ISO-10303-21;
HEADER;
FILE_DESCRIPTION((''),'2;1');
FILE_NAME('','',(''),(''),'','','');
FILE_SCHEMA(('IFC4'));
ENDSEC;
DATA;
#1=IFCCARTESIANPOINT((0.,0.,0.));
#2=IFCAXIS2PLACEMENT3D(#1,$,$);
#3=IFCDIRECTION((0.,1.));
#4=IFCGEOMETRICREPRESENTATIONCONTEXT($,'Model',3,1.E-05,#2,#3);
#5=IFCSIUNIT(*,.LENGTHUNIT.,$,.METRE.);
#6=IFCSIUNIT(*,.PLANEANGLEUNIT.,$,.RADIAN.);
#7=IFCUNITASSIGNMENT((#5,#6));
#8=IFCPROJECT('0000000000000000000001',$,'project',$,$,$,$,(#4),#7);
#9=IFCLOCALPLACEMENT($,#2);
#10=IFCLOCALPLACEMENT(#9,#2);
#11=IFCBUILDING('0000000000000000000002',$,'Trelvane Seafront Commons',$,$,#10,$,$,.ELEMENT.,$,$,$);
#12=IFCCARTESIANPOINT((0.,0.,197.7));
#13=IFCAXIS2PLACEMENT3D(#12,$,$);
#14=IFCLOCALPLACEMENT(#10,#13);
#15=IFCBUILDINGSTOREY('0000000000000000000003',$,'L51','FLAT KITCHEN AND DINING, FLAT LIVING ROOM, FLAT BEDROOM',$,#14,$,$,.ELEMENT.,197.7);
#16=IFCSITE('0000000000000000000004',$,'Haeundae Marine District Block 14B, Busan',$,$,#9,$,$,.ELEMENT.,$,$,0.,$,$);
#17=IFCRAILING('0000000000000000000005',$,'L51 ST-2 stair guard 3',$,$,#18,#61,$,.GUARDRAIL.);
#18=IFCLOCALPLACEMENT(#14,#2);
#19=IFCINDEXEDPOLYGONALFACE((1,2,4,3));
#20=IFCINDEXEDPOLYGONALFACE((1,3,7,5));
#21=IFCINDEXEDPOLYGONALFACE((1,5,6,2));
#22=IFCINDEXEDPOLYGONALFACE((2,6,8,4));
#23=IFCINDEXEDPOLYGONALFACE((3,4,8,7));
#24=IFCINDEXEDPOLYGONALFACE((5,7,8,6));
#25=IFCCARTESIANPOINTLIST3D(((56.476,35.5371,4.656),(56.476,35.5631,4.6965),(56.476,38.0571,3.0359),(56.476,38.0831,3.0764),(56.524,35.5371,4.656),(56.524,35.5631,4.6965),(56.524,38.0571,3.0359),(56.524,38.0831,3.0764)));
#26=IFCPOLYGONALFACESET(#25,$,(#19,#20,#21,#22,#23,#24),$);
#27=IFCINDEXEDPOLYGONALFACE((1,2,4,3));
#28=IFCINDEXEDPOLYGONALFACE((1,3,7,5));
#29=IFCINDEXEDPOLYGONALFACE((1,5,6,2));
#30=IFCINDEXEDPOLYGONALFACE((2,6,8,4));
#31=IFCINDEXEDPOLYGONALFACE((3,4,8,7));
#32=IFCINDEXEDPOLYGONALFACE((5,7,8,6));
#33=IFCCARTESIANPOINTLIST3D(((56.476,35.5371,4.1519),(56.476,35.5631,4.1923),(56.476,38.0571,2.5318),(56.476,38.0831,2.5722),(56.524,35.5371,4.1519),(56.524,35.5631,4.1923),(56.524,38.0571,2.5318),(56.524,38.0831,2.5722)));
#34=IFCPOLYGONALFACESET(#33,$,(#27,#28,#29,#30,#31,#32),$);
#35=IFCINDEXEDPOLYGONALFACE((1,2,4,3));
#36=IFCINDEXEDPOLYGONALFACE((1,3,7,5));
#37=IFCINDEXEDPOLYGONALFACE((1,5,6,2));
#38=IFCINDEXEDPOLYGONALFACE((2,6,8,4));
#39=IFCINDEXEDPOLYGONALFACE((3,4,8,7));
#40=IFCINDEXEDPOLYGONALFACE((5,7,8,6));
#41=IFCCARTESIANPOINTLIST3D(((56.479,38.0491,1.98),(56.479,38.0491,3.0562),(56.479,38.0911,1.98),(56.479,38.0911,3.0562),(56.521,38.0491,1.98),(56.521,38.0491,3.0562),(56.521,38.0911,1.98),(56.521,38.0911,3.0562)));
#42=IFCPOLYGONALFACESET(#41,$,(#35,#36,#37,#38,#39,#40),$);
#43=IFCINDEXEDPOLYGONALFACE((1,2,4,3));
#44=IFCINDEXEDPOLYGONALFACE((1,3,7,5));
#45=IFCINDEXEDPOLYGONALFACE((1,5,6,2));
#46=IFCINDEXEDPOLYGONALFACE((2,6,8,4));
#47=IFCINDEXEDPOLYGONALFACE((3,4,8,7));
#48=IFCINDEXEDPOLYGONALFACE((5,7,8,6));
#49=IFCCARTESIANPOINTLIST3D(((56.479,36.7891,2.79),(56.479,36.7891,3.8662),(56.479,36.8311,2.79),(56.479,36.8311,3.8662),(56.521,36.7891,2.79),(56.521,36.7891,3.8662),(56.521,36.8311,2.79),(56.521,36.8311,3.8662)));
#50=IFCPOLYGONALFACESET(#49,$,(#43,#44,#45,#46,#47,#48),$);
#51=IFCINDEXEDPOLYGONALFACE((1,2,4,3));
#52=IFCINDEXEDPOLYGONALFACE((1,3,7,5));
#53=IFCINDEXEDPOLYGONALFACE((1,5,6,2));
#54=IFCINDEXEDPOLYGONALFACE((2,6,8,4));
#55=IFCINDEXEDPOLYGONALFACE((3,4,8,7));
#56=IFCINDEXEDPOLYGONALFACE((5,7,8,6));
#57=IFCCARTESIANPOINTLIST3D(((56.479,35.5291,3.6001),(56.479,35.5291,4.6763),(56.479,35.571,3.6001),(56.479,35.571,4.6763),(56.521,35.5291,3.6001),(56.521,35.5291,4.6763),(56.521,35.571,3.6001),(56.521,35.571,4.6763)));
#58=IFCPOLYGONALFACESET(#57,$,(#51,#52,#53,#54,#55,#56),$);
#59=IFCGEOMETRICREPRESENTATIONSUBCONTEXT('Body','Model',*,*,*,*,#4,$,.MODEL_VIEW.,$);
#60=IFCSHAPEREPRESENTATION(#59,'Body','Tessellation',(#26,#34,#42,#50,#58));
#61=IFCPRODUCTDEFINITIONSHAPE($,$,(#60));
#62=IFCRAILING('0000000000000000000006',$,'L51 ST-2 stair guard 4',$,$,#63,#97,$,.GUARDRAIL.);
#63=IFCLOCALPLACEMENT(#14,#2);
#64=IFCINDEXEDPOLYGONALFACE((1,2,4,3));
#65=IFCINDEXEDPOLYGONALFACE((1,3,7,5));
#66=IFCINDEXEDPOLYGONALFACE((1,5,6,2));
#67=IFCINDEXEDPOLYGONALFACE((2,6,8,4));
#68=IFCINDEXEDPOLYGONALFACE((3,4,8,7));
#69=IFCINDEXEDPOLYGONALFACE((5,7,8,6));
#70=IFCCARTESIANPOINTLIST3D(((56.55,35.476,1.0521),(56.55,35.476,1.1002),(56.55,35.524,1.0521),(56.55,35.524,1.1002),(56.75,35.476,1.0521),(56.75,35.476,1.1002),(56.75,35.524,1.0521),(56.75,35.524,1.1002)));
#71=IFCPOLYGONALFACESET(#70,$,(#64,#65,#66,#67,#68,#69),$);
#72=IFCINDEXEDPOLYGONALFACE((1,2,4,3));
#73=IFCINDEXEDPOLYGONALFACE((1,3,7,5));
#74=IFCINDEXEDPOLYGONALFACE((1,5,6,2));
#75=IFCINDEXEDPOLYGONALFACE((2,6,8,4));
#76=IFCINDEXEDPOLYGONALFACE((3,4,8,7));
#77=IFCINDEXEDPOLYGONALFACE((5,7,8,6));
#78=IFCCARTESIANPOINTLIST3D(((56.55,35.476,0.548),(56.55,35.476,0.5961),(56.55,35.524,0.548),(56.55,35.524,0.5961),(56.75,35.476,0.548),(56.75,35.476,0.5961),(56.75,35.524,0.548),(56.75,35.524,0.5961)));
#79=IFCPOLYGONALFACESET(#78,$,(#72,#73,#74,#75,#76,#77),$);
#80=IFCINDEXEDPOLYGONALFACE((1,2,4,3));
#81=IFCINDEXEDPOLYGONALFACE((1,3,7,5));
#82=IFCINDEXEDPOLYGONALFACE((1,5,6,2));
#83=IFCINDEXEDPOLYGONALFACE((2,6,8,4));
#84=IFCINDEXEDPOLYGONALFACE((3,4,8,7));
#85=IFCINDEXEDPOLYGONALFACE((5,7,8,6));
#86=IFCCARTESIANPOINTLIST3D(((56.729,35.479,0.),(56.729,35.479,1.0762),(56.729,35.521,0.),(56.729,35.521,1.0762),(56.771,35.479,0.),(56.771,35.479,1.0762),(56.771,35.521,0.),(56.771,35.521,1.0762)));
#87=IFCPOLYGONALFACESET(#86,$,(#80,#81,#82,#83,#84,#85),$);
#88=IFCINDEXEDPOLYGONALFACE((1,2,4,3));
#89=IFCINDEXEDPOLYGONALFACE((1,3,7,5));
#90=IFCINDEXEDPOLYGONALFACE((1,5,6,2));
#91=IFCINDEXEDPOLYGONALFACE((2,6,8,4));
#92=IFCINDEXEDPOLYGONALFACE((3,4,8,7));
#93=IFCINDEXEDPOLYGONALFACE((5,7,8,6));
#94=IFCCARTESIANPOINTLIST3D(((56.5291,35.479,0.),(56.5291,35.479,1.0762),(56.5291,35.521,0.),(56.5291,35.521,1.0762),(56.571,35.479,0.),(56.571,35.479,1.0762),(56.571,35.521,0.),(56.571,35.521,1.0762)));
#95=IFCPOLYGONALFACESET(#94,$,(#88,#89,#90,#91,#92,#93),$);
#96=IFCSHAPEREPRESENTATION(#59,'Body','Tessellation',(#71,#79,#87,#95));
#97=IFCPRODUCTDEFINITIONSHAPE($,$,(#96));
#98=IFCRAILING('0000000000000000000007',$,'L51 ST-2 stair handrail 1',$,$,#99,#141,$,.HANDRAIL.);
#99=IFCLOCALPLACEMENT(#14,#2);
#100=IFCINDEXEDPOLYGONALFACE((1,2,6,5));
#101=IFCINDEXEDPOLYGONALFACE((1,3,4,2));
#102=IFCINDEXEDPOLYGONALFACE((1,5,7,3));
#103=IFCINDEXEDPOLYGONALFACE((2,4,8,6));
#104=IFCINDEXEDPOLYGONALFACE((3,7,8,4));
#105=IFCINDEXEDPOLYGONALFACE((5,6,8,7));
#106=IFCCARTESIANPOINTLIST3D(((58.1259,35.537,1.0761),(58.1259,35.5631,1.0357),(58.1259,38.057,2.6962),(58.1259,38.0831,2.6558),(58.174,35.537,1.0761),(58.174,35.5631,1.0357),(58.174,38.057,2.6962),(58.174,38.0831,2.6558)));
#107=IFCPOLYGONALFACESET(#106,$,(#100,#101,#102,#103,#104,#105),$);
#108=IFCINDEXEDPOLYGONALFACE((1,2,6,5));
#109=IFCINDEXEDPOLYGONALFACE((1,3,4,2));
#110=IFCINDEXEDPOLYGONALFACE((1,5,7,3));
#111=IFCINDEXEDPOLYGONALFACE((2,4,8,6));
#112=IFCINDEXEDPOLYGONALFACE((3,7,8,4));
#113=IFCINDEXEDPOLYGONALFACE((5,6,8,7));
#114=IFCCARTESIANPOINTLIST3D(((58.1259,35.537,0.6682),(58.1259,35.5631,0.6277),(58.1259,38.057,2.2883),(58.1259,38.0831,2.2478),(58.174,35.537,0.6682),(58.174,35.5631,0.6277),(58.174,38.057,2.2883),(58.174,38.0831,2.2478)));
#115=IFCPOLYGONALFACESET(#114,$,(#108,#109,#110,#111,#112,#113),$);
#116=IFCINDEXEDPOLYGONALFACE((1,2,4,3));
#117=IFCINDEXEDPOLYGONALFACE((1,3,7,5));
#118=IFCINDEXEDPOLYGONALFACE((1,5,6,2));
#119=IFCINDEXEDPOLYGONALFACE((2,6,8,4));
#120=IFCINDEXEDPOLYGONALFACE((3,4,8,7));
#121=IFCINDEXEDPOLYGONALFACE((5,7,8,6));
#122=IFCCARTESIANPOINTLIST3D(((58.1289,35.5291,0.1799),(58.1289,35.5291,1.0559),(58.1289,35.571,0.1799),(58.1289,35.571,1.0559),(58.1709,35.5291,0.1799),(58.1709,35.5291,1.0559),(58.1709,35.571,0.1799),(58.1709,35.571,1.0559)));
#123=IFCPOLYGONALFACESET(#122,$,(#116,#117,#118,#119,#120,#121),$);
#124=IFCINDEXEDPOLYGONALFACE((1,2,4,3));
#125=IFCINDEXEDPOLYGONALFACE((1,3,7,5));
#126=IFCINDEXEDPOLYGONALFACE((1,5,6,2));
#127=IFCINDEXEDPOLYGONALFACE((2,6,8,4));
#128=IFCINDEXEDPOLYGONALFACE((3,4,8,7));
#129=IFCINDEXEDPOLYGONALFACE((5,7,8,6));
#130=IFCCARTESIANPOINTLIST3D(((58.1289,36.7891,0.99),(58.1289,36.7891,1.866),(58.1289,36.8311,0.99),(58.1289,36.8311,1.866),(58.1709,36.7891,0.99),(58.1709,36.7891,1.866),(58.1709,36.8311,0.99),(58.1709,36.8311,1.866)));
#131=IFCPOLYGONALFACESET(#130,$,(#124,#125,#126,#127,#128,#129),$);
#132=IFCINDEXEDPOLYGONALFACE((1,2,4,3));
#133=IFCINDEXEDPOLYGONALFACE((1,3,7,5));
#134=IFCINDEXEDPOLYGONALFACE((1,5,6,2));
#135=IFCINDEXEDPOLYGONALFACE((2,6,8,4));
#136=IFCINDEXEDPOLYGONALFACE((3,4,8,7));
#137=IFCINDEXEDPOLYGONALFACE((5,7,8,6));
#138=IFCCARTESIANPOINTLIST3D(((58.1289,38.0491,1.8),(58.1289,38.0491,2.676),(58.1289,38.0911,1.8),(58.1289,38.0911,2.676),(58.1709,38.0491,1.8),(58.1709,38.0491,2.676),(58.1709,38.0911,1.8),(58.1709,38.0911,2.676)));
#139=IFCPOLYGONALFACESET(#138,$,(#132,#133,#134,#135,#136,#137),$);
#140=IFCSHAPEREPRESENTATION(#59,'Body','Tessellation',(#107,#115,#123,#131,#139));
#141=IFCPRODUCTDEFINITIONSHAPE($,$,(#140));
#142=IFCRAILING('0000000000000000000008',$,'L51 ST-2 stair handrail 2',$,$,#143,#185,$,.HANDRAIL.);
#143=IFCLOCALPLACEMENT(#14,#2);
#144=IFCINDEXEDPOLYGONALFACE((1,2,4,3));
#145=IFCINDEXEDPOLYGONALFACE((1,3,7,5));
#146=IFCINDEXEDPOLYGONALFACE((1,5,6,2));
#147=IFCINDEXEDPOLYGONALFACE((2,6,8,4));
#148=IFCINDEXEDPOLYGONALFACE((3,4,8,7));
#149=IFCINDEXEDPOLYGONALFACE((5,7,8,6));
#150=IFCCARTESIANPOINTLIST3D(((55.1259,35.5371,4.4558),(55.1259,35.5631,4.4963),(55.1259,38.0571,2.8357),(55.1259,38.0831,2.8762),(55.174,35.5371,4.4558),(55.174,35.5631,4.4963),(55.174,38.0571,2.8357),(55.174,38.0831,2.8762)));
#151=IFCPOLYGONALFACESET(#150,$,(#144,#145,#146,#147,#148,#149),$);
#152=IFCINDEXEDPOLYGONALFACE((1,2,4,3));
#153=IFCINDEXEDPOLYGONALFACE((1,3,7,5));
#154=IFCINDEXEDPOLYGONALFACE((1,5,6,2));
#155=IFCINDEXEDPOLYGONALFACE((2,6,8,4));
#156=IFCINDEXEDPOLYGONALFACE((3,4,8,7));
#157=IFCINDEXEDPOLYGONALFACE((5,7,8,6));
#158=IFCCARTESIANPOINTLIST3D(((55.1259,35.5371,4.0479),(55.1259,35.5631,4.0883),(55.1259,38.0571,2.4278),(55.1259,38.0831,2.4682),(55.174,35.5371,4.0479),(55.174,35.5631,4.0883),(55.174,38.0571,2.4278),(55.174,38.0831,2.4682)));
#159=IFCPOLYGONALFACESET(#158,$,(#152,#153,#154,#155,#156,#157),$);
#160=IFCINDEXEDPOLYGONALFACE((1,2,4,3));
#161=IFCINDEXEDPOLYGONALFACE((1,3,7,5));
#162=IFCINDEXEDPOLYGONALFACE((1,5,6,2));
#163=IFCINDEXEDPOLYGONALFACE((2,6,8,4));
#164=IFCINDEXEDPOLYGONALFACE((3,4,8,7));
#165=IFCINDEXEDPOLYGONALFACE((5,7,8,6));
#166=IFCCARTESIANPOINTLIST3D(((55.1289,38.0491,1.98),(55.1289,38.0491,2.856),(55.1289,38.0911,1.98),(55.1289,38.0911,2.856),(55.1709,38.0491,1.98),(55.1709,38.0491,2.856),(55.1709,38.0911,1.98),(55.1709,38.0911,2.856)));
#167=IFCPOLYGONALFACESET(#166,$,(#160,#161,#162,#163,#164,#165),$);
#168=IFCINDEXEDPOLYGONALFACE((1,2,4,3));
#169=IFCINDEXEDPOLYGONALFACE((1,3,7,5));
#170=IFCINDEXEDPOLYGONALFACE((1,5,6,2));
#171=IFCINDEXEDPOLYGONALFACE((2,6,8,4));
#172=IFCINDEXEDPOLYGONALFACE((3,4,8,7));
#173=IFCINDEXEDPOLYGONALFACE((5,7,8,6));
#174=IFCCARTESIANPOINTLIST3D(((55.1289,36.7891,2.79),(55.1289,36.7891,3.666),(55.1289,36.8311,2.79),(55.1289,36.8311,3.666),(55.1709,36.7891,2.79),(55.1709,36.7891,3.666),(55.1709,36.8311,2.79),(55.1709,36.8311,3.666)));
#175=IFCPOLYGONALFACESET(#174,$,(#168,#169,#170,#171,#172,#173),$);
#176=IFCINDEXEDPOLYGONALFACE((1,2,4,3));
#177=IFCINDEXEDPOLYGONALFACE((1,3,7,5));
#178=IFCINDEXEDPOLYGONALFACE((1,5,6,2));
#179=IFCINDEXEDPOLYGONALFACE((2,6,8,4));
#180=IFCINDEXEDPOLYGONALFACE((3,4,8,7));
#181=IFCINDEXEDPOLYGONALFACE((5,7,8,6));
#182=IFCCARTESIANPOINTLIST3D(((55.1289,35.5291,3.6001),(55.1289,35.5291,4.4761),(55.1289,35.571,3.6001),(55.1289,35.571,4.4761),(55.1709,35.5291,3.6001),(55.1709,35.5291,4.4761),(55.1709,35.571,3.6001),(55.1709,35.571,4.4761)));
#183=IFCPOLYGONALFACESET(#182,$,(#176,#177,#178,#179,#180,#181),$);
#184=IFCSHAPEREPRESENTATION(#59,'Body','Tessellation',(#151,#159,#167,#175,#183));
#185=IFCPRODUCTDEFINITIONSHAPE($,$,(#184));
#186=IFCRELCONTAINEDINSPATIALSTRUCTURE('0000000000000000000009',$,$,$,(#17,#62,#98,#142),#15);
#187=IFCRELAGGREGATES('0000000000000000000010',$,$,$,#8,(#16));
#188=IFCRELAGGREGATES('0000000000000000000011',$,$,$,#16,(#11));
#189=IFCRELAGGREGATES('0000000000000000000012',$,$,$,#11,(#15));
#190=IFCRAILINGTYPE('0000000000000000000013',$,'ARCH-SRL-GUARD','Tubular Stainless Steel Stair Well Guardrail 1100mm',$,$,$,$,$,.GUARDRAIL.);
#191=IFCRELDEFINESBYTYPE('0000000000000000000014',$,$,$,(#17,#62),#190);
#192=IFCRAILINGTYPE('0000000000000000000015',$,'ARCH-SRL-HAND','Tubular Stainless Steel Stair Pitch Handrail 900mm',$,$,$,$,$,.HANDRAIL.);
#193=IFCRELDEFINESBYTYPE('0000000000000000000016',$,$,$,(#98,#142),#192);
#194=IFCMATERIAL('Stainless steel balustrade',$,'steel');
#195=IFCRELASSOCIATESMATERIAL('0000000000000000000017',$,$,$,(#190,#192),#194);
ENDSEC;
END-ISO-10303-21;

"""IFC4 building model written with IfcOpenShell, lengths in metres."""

from ifc_helpers import new_model, si_unit, direction, frame, origin, origin_2d, place, context, subcontext, project, spatial, rectangle, extrude, material, type_object, element, save


model = new_model("IFC4")

# Units and contexts
model_context = context("Model", 3, precision=1e-05, world=origin(), true_north=direction((0.0, 1.0)))
body_context = subcontext(model_context, "Body", "Model", "MODEL_VIEW")
ifc_project = project(units=[si_unit("LENGTHUNIT", "METRE"), si_unit("PLANEANGLEUNIT", "RADIAN")], contexts=[model_context])

# Site, building, storey
site_placement = place(None, origin())
site = spatial("IfcSite", under=ifc_project, at=site_placement, Name="Haeundae Marine District Block 14B, Busan", CompositionType="ELEMENT", RefElevation=0.0)
building_placement = place(site_placement, origin())
building = spatial("IfcBuilding", under=site, at=building_placement, Name="Trelvane Seafront Commons", CompositionType="ELEMENT")
storey_placement = place(building_placement, frame((0.0, 0.0, 197.7)))
storey = spatial("IfcBuildingStorey", under=building, at=storey_placement, Name="L51", Description="FLAT KITCHEN AND DINING, FLAT LIVING ROOM, FLAT BEDROOM", CompositionType="ELEMENT", Elevation=197.7)

# Railings
ifc_material_1 = material(Name="Stainless steel balustrade", Category="steel")
railing_type_1 = type_object("IfcRailingType", Name="ARCH-SRL-GUARD", Description="Tubular Stainless Steel Stair Well Guardrail 1100mm", PredefinedType="GUARDRAIL", material=ifc_material_1)
railing_1_placement = place(storey_placement, frame((56.5, 38.0701, 1.98)))
element("IfcRailing", 1, at=railing_1_placement, inside=storey, type_object=railing_type_1, Name="L51 ST-2 stair guard 3", PredefinedType="GUARDRAIL", context=body_context, shape_type="SweptSolid", body=[
    extrude(rectangle(XDim=0.0481, YDim=0.0481, at=origin_2d()), frame((0.0, 0.0, 1.0762), z_axis=(0.0, -0.841163, 0.540782), x_axis=(1.0, 0.0, 0.0)), (0.0, 0.0, 1.0), 2.9958),
    extrude(rectangle(XDim=0.0481, YDim=0.0481, at=origin_2d()), frame((0.0, 0.0, 0.572), z_axis=(0.0, -0.841163, 0.540782), x_axis=(1.0, 0.0, 0.0)), (0.0, 0.0, 1.0), 2.9958),
    extrude(rectangle(XDim=0.042, YDim=0.042, at=origin_2d()), origin(), (0.0, 0.0, 1.0), 1.0762),
    extrude(rectangle(XDim=0.042, YDim=0.042, at=origin_2d()), frame((0.0, -1.26, 0.8101)), (0.0, 0.0, 1.0), 1.0762),
    extrude(rectangle(XDim=0.042, YDim=0.042, at=origin_2d()), frame((0.0, -2.52, 1.6201)), (0.0, 0.0, 1.0), 1.0762),
])
railing_2_placement = place(storey_placement, frame((56.75, 35.5, 0.0)))
element("IfcRailing", 2, at=railing_2_placement, inside=storey, type_object=railing_type_1, Name="L51 ST-2 stair guard 4", PredefinedType="GUARDRAIL", context=body_context, shape_type="SweptSolid", body=[
    extrude(rectangle(XDim=0.0481, YDim=0.0481, at=origin_2d()), frame((0.0, 0.0, 1.0762), z_axis=(-1.0, 0.0, 0.0), x_axis=(0.0, -1.0, 0.0)), (0.0, 0.0, 1.0), 0.2),
    extrude(rectangle(XDim=0.0481, YDim=0.0481, at=origin_2d()), frame((0.0, 0.0, 0.572), z_axis=(-1.0, 0.0, 0.0), x_axis=(0.0, -1.0, 0.0)), (0.0, 0.0, 1.0), 0.2),
    extrude(rectangle(XDim=0.042, YDim=0.042, at=origin_2d()), origin(), (0.0, 0.0, 1.0), 1.0762),
    extrude(rectangle(XDim=0.042, YDim=0.042, at=origin_2d()), frame((-0.2, 0.0, 0.0)), (0.0, 0.0, 1.0), 1.0762),
])
railing_type_2 = type_object("IfcRailingType", Name="ARCH-SRL-HAND", Description="Tubular Stainless Steel Stair Pitch Handrail 900mm", PredefinedType="HANDRAIL", material=ifc_material_1)
railing_3_placement = place(storey_placement, frame((58.1499, 35.55, 0.1799)))
element("IfcRailing", 3, at=railing_3_placement, inside=storey, type_object=railing_type_2, Name="L51 ST-2 stair handrail 1", PredefinedType="HANDRAIL", context=body_context, shape_type="SweptSolid", body=[
    extrude(rectangle(XDim=0.0481, YDim=0.0481, at=origin_2d()), frame((0.0, 0.0, 0.876), z_axis=(0.0, 0.841163, 0.540782), x_axis=(-1.0, 0.0, 0.0)), (0.0, 0.0, 1.0), 2.9958),
    extrude(rectangle(XDim=0.0481, YDim=0.0481, at=origin_2d()), frame((0.0, 0.0, 0.468), z_axis=(0.0, 0.841163, 0.540782), x_axis=(-1.0, 0.0, 0.0)), (0.0, 0.0, 1.0), 2.9958),
    extrude(rectangle(XDim=0.042, YDim=0.042, at=origin_2d()), origin(), (0.0, 0.0, 1.0), 0.876),
    extrude(rectangle(XDim=0.042, YDim=0.042, at=origin_2d()), frame((0.0, 1.26, 0.8101)), (0.0, 0.0, 1.0), 0.876),
    extrude(rectangle(XDim=0.042, YDim=0.042, at=origin_2d()), frame((0.0, 2.52, 1.6201)), (0.0, 0.0, 1.0), 0.876),
])
railing_4_placement = place(storey_placement, frame((55.1499, 38.0701, 1.98)))
element("IfcRailing", 4, at=railing_4_placement, inside=storey, type_object=railing_type_2, Name="L51 ST-2 stair handrail 2", PredefinedType="HANDRAIL", context=body_context, shape_type="SweptSolid", body=[
    extrude(rectangle(XDim=0.0481, YDim=0.0481, at=origin_2d()), frame((0.0, 0.0, 0.876), z_axis=(0.0, -0.841163, 0.540782), x_axis=(1.0, 0.0, 0.0)), (0.0, 0.0, 1.0), 2.9958),
    extrude(rectangle(XDim=0.0481, YDim=0.0481, at=origin_2d()), frame((0.0, 0.0, 0.468), z_axis=(0.0, -0.841163, 0.540782), x_axis=(1.0, 0.0, 0.0)), (0.0, 0.0, 1.0), 2.9958),
    extrude(rectangle(XDim=0.042, YDim=0.042, at=origin_2d()), origin(), (0.0, 0.0, 1.0), 0.876),
    extrude(rectangle(XDim=0.042, YDim=0.042, at=origin_2d()), frame((0.0, -1.26, 0.8101)), (0.0, 0.0, 1.0), 0.876),
    extrude(rectangle(XDim=0.042, YDim=0.042, at=origin_2d()), frame((0.0, -2.52, 1.6201)), (0.0, 0.0, 1.0), 0.876),
])

save(model, "model.ifc")
